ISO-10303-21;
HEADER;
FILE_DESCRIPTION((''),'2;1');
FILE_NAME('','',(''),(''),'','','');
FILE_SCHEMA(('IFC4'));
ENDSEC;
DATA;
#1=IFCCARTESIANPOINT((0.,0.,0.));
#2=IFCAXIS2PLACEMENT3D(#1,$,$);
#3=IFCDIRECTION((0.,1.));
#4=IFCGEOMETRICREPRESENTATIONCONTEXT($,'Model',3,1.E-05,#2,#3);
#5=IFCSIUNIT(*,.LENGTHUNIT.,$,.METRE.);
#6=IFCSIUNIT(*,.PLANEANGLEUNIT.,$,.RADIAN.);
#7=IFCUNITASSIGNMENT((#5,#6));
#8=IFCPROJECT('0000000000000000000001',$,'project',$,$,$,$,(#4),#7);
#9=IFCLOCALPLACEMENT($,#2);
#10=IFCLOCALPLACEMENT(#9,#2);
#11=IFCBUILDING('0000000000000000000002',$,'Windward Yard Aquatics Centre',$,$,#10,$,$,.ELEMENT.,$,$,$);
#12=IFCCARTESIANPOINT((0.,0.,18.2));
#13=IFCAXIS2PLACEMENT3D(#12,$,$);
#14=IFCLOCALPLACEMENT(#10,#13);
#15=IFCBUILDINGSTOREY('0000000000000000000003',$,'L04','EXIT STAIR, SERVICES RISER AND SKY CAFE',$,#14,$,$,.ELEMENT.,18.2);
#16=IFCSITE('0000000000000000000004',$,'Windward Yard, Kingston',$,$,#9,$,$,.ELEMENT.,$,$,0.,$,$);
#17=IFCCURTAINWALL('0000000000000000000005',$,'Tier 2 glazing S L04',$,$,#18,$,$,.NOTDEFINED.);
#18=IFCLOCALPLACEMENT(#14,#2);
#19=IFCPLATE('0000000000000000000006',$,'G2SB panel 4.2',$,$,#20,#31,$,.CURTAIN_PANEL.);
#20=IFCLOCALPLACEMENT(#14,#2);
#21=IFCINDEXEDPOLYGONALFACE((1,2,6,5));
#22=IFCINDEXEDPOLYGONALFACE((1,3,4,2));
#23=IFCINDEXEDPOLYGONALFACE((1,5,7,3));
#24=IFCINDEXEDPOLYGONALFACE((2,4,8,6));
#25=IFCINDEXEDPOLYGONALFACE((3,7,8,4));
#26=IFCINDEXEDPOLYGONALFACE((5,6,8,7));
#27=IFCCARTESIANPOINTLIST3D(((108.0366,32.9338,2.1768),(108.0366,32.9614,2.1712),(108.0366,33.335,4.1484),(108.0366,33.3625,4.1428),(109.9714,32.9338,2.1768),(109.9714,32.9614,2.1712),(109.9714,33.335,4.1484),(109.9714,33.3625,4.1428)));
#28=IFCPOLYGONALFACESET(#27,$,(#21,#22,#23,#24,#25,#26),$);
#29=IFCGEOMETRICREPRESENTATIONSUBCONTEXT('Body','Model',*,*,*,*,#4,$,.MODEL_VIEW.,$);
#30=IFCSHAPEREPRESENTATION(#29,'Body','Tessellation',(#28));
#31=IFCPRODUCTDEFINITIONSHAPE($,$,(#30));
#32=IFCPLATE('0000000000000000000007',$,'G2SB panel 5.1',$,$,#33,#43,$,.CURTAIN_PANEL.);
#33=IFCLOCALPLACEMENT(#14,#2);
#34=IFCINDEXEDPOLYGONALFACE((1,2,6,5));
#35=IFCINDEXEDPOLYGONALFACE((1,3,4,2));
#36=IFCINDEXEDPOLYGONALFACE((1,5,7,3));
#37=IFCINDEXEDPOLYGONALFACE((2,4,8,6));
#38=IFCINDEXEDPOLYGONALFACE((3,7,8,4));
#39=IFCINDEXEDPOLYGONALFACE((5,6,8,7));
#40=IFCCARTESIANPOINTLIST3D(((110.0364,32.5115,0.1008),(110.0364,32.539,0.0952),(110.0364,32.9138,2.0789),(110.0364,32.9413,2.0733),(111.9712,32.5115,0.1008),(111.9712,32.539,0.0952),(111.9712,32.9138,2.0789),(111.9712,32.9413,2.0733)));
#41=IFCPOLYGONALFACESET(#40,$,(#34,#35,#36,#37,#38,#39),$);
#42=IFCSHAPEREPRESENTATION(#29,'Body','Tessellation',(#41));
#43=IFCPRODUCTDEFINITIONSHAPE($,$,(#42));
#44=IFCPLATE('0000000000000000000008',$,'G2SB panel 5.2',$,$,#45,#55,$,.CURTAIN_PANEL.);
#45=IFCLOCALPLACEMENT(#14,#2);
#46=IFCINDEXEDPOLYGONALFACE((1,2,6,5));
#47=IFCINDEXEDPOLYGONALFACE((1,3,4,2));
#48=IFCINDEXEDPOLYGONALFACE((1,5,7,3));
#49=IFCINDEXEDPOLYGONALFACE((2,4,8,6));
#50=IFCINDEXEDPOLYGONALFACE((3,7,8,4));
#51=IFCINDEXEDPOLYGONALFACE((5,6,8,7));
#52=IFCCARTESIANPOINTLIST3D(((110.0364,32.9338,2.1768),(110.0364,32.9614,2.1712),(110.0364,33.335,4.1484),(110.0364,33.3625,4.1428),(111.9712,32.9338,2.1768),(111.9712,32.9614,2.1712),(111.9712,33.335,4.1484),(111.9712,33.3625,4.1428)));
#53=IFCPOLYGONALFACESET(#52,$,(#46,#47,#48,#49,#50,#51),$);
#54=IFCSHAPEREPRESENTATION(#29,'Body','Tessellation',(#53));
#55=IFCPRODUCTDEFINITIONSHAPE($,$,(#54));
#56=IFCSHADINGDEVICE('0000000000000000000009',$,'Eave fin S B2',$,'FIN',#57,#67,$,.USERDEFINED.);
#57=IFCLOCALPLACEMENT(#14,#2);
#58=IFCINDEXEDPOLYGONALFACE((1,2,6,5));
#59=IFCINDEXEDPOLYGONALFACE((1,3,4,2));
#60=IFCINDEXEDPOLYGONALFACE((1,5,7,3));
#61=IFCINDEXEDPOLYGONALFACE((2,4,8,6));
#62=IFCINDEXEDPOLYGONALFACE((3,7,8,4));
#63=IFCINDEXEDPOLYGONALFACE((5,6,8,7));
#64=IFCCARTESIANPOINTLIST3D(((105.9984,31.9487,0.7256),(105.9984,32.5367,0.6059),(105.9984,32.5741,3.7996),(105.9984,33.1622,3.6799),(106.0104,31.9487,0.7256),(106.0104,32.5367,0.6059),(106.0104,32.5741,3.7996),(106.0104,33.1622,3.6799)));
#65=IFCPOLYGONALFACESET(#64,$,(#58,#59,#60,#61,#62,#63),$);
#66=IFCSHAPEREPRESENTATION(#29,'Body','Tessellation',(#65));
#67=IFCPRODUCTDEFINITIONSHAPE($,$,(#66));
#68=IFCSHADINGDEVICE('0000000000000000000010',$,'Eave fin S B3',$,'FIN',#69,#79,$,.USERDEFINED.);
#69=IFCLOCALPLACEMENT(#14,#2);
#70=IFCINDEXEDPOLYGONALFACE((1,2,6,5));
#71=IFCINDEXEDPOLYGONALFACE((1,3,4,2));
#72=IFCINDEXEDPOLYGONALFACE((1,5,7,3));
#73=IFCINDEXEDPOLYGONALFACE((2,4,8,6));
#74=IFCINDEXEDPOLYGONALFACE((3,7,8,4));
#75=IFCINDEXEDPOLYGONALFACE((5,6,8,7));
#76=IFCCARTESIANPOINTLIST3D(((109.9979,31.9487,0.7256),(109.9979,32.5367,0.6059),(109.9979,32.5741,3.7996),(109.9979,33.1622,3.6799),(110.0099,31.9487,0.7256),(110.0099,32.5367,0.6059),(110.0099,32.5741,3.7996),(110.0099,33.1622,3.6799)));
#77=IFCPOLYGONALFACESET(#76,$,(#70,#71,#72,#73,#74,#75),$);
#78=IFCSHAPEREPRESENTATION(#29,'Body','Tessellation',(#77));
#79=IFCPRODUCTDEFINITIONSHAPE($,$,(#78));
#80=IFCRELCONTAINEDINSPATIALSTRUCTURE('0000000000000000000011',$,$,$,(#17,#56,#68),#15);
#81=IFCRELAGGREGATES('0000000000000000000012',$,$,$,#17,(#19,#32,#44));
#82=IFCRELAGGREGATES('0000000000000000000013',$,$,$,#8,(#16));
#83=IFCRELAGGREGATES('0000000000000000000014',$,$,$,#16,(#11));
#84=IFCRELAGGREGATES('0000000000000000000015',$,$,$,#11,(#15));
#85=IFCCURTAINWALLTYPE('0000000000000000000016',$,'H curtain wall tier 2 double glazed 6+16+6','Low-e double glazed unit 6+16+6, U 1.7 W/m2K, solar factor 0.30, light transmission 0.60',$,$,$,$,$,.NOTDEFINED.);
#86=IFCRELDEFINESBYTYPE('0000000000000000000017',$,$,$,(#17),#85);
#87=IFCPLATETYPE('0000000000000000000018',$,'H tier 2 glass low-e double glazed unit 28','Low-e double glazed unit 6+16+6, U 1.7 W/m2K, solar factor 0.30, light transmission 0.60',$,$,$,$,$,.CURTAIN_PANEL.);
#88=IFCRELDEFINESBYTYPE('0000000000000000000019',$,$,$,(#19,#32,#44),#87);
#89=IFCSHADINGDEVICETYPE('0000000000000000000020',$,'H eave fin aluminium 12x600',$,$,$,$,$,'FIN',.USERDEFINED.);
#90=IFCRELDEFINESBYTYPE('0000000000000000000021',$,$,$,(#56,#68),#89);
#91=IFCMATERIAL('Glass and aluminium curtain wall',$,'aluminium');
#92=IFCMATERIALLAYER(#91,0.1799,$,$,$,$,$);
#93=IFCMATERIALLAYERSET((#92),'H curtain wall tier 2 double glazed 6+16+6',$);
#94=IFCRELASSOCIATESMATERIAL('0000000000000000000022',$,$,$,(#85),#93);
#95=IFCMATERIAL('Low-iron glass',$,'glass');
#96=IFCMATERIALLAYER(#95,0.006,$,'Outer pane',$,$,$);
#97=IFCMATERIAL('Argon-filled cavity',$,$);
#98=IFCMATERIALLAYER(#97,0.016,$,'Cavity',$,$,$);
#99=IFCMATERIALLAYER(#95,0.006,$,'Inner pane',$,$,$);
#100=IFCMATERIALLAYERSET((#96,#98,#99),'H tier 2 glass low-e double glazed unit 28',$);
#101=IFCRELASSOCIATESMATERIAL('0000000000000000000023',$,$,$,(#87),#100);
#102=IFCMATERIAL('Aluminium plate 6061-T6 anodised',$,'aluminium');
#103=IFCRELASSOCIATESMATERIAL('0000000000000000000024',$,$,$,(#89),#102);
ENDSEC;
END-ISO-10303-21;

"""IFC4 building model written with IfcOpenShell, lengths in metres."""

from ifc_helpers import new_model, si_unit, direction, frame, origin, origin_2d, place, context, subcontext, project, spatial, polyline, rectangle, outline, extrude, material, layer, layer_set, material_profile, profile_set, type_object, element, aggregate, save


model = new_model("IFC4")

# Units and contexts
model_context = context("Model", 3, precision=1e-05, world=origin(), true_north=direction((0.0, 1.0)))
body_context = subcontext(model_context, "Body", "Model", "MODEL_VIEW")
ifc_project = project(units=[si_unit("LENGTHUNIT", "METRE"), si_unit("PLANEANGLEUNIT", "RADIAN")], contexts=[model_context])

# Site, building, storey
site_placement = place(None, origin())
site = spatial("IfcSite", under=ifc_project, at=site_placement, Name="Windward Yard, Kingston", CompositionType="ELEMENT", RefElevation=0.0)
building_placement = place(site_placement, origin())
building = spatial("IfcBuilding", under=site, at=building_placement, Name="Windward Yard Aquatics Centre", CompositionType="ELEMENT")
storey_placement = place(building_placement, frame((0.0, 0.0, 18.2)))
storey = spatial("IfcBuildingStorey", under=building, at=storey_placement, Name="L04", Description="EXIT STAIR, SERVICES RISER AND SKY CAFE", CompositionType="ELEMENT", Elevation=18.2)

# Curtain wall
ifc_material_1 = material(Name="Glass and aluminium curtain wall", Category="aluminium")
ifc_layer_1 = layer(ifc_material_1, 0.1799)
ifc_layer_set_1 = layer_set([ifc_layer_1], Name="H curtain wall tier 2 double glazed 6+16+6")
curtain_wall_type = type_object("IfcCurtainWallType", Name="H curtain wall tier 2 double glazed 6+16+6", Description="Low-e double glazed unit 6+16+6, U 1.7 W/m2K, solar factor 0.30, light transmission 0.60", PredefinedType="NOTDEFINED", material=ifc_layer_set_1)
curtain_wall_placement = place(storey_placement, origin())
curtain_wall = element("IfcCurtainWall", 1, at=curtain_wall_placement, inside=storey, type_object=curtain_wall_type, Name="Tier 2 glazing S L04", PredefinedType="NOTDEFINED")

# Plates
ifc_material_2 = material(Name="Low-iron glass", Category="glass")
ifc_layer_2 = layer(ifc_material_2, 0.006, Name="Outer pane")
ifc_material_3 = material(Name="Argon-filled cavity")
ifc_layer_3 = layer(ifc_material_3, 0.016, Name="Cavity")
ifc_layer_4 = layer(ifc_material_2, 0.006, Name="Inner pane")
ifc_layer_set_2 = layer_set([ifc_layer_2, ifc_layer_3, ifc_layer_4], Name="H tier 2 glass low-e double glazed unit 28")
plate_type = type_object("IfcPlateType", Name="H tier 2 glass low-e double glazed unit 28", Description="Low-e double glazed unit 6+16+6, U 1.7 W/m2K, solar factor 0.30, light transmission 0.60", PredefinedType="CURTAIN_PANEL", material=ifc_layer_set_2)
plate_1_placement = place(storey_placement, frame((108.0366, 32.9338, 2.1768), z_axis=(0.0, -0.979927, 0.199359), x_axis=(1.0, 0.0, 0.0)))
plate_1 = element("IfcPlate", 2, at=plate_1_placement, type_object=plate_type, Name="G2SB panel 4.2", PredefinedType="CURTAIN_PANEL", context=body_context, shape_type="SweptSolid", body=[
    extrude(outline(polyline([(0.0, 0.0), (1.9348, 0.0), (1.9348, 2.0121), (0.0, 2.0121), (0.0, 0.0)])), origin(), (0.0, 0.0, -1.0), 0.0281),
])
plate_2_placement = place(storey_placement, frame((110.0364, 32.5115, 0.1008), z_axis=(0.0, -0.979933, 0.199325), x_axis=(1.0, 0.0, 0.0)))
plate_2 = element("IfcPlate", 3, at=plate_2_placement, type_object=plate_type, Name="G2SB panel 5.1", PredefinedType="CURTAIN_PANEL", context=body_context, shape_type="SweptSolid", body=[
    extrude(outline(polyline([(0.0, 0.0), (1.9348, 0.0), (1.9348, 2.0185), (0.0, 2.0185), (0.0, 0.0)])), origin(), (0.0, 0.0, -1.0), 0.0281),
])
plate_3_placement = place(storey_placement, frame((110.0364, 32.9338, 2.1768), z_axis=(0.0, -0.979927, 0.199359), x_axis=(1.0, 0.0, 0.0)))
plate_3 = element("IfcPlate", 4, at=plate_3_placement, type_object=plate_type, Name="G2SB panel 5.2", PredefinedType="CURTAIN_PANEL", context=body_context, shape_type="SweptSolid", body=[
    extrude(outline(polyline([(0.0, 0.0), (1.9348, 0.0), (1.9348, 2.0121), (0.0, 2.0121), (0.0, 0.0)])), origin(), (0.0, 0.0, -1.0), 0.0281),
])
aggregate(curtain_wall, [plate_1, plate_2, plate_3])

# Shading devices
ifc_material_4 = material(Name="Aluminium plate 6061-T6 anodised", Category="aluminium")
ifc_material_profile_1 = material_profile(ifc_material_4, rectangle(XDim=0.012, YDim=0.6001, at=origin_2d()), Name="H eave fin aluminium 12x600")
ifc_profile_set_1 = profile_set([ifc_material_profile_1], Name="Aluminium plate 6061-T6 anodised")
shading_device_type = type_object("IfcShadingDeviceType", Name="H eave fin aluminium 12x600", ElementType="FIN", PredefinedType="USERDEFINED", material=ifc_profile_set_1)
for number, where, z_axis, x_axis, name in (
    (5, (106.0044, 32.2427, 0.6658), (0.0, 0.199393, 0.97992), (-1.0, 0.0, 0.0), "Eave fin S B2"),
    (6, (110.0039, 32.2427, 0.6658), (0.0, 0.199393, 0.97992), (-1.0, 0.0, 0.0), "Eave fin S B3"),
):
    element("IfcShadingDevice", number, at=place(storey_placement, frame(where, z_axis=z_axis, x_axis=x_axis)), inside=storey, type_object=shading_device_type, Name=name, ObjectType="FIN", PredefinedType="USERDEFINED", context=body_context, shape_type="SweptSolid", body=[
        extrude(rectangle(XDim=0.012, YDim=0.6001, at=origin_2d()), origin(), (0.0, 0.0, 1.0), 3.137),
    ])

save(model, "model.ifc")
